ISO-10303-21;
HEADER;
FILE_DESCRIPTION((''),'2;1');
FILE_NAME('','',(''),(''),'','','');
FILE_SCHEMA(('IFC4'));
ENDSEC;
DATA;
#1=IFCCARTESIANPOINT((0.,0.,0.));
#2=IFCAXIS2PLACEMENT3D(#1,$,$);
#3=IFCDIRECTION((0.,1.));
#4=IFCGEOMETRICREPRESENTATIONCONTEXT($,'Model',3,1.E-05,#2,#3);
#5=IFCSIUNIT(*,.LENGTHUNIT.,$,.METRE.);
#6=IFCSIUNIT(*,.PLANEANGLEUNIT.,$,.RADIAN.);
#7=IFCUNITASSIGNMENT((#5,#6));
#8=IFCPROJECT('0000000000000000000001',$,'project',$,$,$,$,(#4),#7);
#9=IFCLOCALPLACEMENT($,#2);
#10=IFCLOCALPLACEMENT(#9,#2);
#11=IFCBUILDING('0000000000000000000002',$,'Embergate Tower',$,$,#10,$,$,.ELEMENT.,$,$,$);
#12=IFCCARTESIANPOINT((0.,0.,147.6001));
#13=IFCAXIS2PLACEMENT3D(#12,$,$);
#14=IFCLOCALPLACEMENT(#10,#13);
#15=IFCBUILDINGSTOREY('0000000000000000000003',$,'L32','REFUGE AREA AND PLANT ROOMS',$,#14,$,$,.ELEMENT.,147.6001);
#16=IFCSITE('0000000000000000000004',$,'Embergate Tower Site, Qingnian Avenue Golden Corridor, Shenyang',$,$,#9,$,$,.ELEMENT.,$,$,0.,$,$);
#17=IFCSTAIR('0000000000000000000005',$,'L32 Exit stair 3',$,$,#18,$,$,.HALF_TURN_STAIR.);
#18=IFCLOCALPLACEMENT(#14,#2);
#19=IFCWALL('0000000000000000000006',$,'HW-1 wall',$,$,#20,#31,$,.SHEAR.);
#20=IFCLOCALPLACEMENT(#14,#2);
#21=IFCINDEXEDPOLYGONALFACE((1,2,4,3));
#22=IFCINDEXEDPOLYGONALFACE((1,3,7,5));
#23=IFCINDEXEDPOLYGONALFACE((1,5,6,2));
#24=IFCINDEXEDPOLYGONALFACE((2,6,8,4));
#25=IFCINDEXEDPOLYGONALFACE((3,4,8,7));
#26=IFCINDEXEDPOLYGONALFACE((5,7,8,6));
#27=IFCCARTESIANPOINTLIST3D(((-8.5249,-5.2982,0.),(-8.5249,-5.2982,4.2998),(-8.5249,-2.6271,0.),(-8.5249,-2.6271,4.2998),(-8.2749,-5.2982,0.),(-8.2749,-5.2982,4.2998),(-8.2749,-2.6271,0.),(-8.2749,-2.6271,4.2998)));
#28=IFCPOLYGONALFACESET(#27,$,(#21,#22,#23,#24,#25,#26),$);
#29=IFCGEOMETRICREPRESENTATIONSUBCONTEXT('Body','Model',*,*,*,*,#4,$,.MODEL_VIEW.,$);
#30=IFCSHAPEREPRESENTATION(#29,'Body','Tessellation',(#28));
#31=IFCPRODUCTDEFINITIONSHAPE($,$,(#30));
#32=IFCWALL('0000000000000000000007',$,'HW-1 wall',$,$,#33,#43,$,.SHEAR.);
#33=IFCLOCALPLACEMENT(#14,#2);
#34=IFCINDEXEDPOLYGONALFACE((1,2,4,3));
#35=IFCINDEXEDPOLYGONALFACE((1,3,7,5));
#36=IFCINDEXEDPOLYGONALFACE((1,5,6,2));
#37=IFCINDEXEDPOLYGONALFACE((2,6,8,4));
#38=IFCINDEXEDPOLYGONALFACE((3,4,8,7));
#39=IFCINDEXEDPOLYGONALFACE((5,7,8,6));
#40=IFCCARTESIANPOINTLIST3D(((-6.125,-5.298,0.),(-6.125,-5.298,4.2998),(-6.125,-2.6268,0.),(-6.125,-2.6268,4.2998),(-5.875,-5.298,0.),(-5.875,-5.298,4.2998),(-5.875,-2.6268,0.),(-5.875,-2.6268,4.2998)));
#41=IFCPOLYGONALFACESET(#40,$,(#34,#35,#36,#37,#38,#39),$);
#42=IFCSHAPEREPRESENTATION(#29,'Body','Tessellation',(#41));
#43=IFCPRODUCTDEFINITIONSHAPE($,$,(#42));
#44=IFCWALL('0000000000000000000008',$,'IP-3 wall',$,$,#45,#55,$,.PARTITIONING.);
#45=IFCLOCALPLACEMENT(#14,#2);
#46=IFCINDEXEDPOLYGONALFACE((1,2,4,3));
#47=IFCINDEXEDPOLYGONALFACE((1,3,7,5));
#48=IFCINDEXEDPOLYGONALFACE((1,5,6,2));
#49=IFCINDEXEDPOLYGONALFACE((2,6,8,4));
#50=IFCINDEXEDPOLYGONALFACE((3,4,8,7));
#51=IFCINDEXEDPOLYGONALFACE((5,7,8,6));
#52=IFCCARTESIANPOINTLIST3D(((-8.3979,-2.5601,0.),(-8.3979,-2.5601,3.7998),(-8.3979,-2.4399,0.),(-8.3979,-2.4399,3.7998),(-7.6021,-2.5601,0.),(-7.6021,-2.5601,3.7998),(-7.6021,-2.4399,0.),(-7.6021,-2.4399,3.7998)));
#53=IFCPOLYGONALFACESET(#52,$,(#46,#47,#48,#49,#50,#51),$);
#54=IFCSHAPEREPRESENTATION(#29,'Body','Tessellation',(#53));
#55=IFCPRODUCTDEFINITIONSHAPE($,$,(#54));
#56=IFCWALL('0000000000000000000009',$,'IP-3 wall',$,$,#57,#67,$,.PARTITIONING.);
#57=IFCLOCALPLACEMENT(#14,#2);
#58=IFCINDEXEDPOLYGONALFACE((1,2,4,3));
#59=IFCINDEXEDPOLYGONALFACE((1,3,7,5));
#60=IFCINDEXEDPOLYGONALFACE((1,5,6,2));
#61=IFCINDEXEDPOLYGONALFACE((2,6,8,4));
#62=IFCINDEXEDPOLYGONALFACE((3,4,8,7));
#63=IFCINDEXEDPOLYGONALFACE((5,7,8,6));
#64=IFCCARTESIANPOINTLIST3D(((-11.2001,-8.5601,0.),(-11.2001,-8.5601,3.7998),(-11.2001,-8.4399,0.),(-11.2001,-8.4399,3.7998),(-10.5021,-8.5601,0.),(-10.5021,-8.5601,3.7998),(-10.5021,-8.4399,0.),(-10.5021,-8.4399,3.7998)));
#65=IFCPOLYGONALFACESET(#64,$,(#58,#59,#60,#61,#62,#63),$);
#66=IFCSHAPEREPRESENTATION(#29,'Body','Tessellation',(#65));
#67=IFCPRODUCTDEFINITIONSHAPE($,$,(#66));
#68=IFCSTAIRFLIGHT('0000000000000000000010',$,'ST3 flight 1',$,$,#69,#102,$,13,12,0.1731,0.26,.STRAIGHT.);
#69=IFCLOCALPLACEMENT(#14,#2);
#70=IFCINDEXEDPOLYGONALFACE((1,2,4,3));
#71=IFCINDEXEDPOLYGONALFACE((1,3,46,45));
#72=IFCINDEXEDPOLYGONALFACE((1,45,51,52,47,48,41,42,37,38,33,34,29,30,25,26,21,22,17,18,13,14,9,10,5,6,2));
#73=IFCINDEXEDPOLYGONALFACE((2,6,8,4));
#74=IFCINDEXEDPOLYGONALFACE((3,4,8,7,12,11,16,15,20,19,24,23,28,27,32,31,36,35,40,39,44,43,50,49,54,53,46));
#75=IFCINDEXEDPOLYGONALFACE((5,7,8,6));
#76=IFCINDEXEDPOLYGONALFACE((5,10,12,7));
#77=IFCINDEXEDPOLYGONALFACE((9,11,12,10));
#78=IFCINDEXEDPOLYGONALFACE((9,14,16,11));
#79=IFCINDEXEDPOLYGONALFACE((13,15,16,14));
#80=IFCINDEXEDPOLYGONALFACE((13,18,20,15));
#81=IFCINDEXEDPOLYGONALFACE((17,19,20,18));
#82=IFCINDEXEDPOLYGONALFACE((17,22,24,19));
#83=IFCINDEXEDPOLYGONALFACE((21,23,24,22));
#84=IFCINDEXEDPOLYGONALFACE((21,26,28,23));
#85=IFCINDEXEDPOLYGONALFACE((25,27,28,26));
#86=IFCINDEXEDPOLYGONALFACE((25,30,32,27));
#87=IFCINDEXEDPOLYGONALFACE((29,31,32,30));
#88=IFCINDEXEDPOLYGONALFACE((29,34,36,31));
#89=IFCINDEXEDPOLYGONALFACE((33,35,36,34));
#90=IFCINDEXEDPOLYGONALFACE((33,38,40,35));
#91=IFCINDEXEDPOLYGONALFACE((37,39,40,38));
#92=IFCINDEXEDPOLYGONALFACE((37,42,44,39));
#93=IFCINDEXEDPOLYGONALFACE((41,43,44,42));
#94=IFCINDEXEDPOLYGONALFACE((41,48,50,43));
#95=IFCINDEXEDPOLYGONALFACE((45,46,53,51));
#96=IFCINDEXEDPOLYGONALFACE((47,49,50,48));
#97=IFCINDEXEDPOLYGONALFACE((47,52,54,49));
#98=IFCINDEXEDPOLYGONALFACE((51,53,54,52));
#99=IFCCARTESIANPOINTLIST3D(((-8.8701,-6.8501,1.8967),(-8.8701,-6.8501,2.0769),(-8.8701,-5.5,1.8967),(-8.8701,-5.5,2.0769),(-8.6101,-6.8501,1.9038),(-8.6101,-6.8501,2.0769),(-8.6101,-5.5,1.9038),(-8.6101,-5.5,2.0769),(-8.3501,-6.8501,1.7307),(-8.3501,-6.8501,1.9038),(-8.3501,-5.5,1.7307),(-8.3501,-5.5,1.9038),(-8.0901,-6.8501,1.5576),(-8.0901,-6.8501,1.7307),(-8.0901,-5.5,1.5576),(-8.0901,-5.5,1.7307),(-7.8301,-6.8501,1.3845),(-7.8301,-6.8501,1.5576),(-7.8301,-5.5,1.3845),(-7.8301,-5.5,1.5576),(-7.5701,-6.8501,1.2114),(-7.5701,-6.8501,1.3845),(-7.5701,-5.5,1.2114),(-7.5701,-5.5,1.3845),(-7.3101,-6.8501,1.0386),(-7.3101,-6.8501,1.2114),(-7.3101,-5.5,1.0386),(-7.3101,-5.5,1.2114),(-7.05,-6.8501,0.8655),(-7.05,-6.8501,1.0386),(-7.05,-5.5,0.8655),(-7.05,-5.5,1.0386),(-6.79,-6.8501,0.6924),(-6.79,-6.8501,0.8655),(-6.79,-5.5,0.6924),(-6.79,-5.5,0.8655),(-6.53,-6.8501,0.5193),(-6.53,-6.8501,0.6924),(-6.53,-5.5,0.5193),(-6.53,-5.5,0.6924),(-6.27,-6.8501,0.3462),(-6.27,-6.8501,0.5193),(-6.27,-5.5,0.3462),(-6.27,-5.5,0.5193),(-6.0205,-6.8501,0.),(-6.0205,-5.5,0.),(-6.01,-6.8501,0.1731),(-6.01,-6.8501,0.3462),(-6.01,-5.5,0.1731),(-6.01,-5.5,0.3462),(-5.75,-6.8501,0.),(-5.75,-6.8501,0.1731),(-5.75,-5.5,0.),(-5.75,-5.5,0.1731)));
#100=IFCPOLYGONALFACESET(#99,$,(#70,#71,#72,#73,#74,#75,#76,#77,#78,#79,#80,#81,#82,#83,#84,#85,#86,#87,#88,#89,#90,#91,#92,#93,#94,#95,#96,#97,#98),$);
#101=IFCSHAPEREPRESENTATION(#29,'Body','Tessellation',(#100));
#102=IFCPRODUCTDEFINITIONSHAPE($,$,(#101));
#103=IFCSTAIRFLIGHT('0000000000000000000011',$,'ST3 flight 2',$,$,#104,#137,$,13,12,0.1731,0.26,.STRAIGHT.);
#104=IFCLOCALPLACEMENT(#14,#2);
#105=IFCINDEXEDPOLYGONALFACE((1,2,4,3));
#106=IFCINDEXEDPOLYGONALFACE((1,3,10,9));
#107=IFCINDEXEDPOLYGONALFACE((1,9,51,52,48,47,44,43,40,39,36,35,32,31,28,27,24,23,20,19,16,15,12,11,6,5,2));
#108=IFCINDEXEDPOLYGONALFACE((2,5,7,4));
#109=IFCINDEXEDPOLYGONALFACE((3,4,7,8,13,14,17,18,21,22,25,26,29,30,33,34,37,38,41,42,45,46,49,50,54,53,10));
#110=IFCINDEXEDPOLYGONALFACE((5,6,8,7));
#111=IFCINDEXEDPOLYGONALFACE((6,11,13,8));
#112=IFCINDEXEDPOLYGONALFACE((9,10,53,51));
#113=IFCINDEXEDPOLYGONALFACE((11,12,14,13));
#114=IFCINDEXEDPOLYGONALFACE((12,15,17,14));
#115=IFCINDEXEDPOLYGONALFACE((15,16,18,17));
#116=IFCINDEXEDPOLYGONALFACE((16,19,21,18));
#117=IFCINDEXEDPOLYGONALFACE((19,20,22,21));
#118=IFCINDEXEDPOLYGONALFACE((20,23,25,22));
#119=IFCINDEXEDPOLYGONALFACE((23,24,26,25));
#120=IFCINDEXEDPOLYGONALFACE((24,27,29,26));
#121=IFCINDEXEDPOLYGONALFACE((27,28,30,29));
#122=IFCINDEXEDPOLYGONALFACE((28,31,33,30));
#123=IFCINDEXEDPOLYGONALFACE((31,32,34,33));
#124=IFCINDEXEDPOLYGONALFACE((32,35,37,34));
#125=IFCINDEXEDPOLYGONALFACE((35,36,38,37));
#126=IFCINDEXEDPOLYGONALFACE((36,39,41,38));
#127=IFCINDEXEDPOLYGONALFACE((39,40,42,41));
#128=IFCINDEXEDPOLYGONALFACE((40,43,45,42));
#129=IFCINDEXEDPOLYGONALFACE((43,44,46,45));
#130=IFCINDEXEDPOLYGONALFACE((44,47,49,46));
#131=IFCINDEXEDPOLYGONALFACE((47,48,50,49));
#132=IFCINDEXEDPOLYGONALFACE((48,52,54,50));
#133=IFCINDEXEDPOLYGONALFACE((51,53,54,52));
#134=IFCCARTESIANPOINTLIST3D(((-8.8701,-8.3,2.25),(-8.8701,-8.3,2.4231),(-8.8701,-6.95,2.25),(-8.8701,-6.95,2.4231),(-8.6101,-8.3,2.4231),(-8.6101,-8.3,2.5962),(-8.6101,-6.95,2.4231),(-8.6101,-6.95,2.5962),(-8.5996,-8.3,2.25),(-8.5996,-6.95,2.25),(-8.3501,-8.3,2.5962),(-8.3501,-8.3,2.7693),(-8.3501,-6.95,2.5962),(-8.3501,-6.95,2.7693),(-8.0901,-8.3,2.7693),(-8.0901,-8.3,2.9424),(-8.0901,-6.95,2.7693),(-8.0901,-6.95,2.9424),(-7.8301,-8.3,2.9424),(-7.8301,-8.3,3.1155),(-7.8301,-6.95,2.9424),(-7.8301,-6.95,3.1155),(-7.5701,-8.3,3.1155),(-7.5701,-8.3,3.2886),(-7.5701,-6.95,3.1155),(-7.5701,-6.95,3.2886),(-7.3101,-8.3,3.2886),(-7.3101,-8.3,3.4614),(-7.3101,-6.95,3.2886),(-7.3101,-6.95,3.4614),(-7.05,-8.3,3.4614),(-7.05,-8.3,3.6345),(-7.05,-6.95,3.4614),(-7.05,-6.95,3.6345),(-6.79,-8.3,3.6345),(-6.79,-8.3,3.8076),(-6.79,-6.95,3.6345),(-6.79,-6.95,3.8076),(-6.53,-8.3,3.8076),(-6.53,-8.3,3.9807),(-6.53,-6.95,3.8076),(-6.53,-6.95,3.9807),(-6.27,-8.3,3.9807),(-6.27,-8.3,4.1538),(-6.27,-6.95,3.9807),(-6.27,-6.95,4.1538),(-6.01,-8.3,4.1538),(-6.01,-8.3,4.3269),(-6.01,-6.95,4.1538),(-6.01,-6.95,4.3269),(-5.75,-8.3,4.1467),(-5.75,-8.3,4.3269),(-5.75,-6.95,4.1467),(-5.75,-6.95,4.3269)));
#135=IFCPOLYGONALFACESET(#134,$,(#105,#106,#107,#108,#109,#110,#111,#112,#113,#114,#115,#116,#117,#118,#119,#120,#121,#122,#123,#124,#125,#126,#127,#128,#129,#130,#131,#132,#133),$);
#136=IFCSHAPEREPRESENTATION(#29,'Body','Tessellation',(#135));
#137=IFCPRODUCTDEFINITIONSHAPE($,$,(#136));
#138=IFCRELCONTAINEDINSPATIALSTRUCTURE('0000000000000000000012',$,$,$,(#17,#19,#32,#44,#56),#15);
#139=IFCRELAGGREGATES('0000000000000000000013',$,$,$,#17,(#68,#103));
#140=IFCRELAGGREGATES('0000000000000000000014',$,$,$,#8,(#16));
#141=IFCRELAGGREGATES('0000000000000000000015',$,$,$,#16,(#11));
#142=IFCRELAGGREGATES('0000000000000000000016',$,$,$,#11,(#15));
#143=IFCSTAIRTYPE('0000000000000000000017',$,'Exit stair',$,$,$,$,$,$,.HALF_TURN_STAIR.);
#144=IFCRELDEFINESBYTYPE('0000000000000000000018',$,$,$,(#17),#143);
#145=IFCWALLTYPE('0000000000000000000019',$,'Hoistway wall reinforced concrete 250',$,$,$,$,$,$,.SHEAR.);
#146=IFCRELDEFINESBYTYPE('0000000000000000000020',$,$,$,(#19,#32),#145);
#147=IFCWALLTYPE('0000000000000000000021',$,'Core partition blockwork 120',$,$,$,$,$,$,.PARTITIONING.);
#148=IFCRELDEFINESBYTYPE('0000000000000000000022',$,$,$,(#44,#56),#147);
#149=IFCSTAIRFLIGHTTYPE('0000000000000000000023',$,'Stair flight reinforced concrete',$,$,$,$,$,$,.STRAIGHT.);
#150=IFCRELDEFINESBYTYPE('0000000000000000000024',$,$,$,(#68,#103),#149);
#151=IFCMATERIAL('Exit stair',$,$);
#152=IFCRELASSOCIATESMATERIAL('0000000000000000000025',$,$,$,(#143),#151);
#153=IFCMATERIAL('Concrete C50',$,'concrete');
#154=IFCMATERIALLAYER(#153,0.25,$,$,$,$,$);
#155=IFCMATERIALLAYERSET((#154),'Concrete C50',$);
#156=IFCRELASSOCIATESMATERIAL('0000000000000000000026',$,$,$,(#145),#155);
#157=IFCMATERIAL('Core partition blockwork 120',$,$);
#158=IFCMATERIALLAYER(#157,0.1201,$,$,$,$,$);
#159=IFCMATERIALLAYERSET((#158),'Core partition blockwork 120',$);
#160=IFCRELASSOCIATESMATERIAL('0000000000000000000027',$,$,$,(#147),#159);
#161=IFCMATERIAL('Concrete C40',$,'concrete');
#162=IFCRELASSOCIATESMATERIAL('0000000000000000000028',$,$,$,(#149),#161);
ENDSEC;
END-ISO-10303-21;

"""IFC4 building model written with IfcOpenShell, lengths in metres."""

from ifc_helpers import new_model, si_unit, direction, frame, frame_2d, origin, place, context, subcontext, project, spatial, polyline, rectangle, outline, extrude, source, transform, mapped, material, layer, layer_set, type_object, element, aggregate, save


model = new_model("IFC4")

# Units and contexts
model_context = context("Model", 3, precision=1e-05, world=origin(), true_north=direction((0.0, 1.0)))
body_context = subcontext(model_context, "Body", "Model", "MODEL_VIEW")
ifc_project = project(units=[si_unit("LENGTHUNIT", "METRE"), si_unit("PLANEANGLEUNIT", "RADIAN")], contexts=[model_context])

# Site, building, storey
site_placement = place(None, origin())
site = spatial("IfcSite", under=ifc_project, at=site_placement, Name="Embergate Tower Site, Qingnian Avenue Golden Corridor, Shenyang", CompositionType="ELEMENT", RefElevation=0.0)
building_placement = place(site_placement, origin())
building = spatial("IfcBuilding", under=site, at=building_placement, Name="Embergate Tower", CompositionType="ELEMENT")
storey_placement = place(building_placement, frame((0.0, 0.0, 147.6001)))
storey = spatial("IfcBuildingStorey", under=building, at=storey_placement, Name="L32", Description="REFUGE AREA AND PLANT ROOMS", CompositionType="ELEMENT", Elevation=147.6001)

# Stair
ifc_material_1 = material(Name="Exit stair")
stair_type = type_object("IfcStairType", Name="Exit stair", PredefinedType="HALF_TURN_STAIR", material=ifc_material_1)
stair_placement = place(storey_placement, origin())
stair = element("IfcStair", 1, at=stair_placement, inside=storey, type_object=stair_type, Name="L32 Exit stair 3", PredefinedType="HALF_TURN_STAIR")
ifc_material_2 = material(Name="Concrete C40", Category="concrete")

# Shared definitions
ifc_material_3 = material(Name="Concrete C50", Category="concrete")
ifc_layer_1 = layer(ifc_material_3, 0.25)
ifc_layer_set_1 = layer_set([ifc_layer_1], Name="Concrete C50")
wall_type_1 = type_object("IfcWallType", Name="Hoistway wall reinforced concrete 250", PredefinedType="SHEAR", material=ifc_layer_set_1)

# Shared definitions
ifc_material_4 = material(Name="Core partition blockwork 120")
ifc_layer_2 = layer(ifc_material_4, 0.1201)
ifc_layer_set_2 = layer_set([ifc_layer_2], Name="Core partition blockwork 120")
wall_type_2 = type_object("IfcWallType", Name="Core partition blockwork 120", PredefinedType="PARTITIONING", material=ifc_layer_set_2)

# Walls
shared_shape_1 = source(origin(), body_context, "Body", "SweptSolid", [
    extrude(rectangle(XDim=2.6711, YDim=0.25, at=frame_2d((1.3354, 0.0))), origin(), (0.0, 0.0, 1.0), 4.2998),
])
for number, where, z_axis, x_axis, name in (
    (2, (-8.3999, -5.2981, 0.0), (0.0, 0.0, 1.0), (0.0, 1.0, 0.0), "HW-1 wall"),
    (3, (-6.0, -2.627, 0.0), (0.0, 0.0, 1.0), (0.0, -1.0, 0.0), "HW-1 wall"),
):
    element("IfcWall", number, at=place(storey_placement, frame(where, z_axis=z_axis, x_axis=x_axis)), inside=storey, type_object=wall_type_1, Name=name, PredefinedType="SHEAR", context=body_context, shape_type="MappedRepresentation", body=[
        mapped(shared_shape_1, transform((0.0, 0.0, 0.0))),
    ])
shared_shape_2 = source(origin(), body_context, "Body", "SweptSolid", [
    extrude(rectangle(XDim=0.7959, YDim=0.1201, at=frame_2d((0.3979, 0.0))), origin(), (0.0, 0.0, 1.0), 3.7998),
])
wall_1_placement = place(storey_placement, frame((-8.3979, -2.5, 0.0), z_axis=(0.0, 0.0, 1.0), x_axis=(1.0, 0.0, 0.0)))
element("IfcWall", 4, at=wall_1_placement, inside=storey, type_object=wall_type_2, Name="IP-3 wall", PredefinedType="PARTITIONING", context=body_context, shape_type="MappedRepresentation", body=[
    mapped(shared_shape_2, transform((0.0, 0.0, 0.0))),
])
shared_shape_3 = source(origin(), body_context, "Body", "SweptSolid", [
    extrude(rectangle(XDim=0.698, YDim=0.1201, at=frame_2d((0.3491, 0.0))), origin(), (0.0, 0.0, 1.0), 3.7998),
])
wall_2_placement = place(storey_placement, frame((-10.502, -8.5, 0.0), z_axis=(0.0, 0.0, 1.0), x_axis=(-1.0, 0.0, 0.0)))
element("IfcWall", 5, at=wall_2_placement, inside=storey, type_object=wall_type_2, Name="IP-3 wall", PredefinedType="PARTITIONING", context=body_context, shape_type="MappedRepresentation", body=[
    mapped(shared_shape_3, transform((0.0, 0.0, 0.0))),
])

# Stair flights
stair_flight_type = type_object("IfcStairFlightType", Name="Stair flight reinforced concrete", PredefinedType="STRAIGHT", material=ifc_material_2)
shared_shape_4 = source(origin(), body_context, "Body", "SweptSolid", [
    extrude(outline(polyline([(0.0, 0.0), (0.0, 0.1731), (0.26, 0.1731), (0.26, 0.3462), (0.52, 0.3462), (0.52, 0.5193), (0.78, 0.5193), (0.78, 0.6924), (1.04, 0.6924), (1.04, 0.8655), (1.3, 0.8655), (1.3, 1.0386), (1.5601, 1.0386), (1.5601, 1.2114), (1.8201, 1.2114), (1.8201, 1.3845), (2.0801, 1.3845), (2.0801, 1.5576), (2.3401, 1.5576), (2.3401, 1.7307), (2.6001, 1.7307), (2.6001, 1.9038), (2.8601, 1.9038), (2.8601, 2.0769), (3.1201, 2.0769), (3.1201, 2.25), (3.1201, 1.8967), (0.2705, 0.0), (0.0, 0.0)])), frame((0.0, 0.675, 0.0), z_axis=(0.0, -1.0, 0.0), x_axis=(1.0, 0.0, 0.0)), (0.0, 0.0, 1.0), 1.3501),
])
stair_flight_1_placement = place(storey_placement, frame((-5.75, -6.175, 0.0), z_axis=(0.0, 0.0, 1.0), x_axis=(-1.0, 0.0, 0.0)))
stair_flight_1 = element("IfcStairFlight", 6, at=stair_flight_1_placement, type_object=stair_flight_type, Name="ST3 flight 1", NumberOfRisers=13, NumberOfTreads=12, PredefinedType="STRAIGHT", RiserHeight=0.1731, TreadLength=0.26, context=body_context, shape_type="MappedRepresentation", body=[
    mapped(shared_shape_4, transform((0.0, 0.0, 0.0))),
])
stair_flight_2_placement = place(storey_placement, frame((-8.8701, -7.625, 2.25), z_axis=(0.0, 0.0, 1.0), x_axis=(1.0, 0.0, 0.0)))
stair_flight_2 = element("IfcStairFlight", 7, at=stair_flight_2_placement, type_object=stair_flight_type, Name="ST3 flight 2", NumberOfRisers=13, NumberOfTreads=12, PredefinedType="STRAIGHT", RiserHeight=0.1731, TreadLength=0.26, context=body_context, shape_type="MappedRepresentation", body=[
    mapped(shared_shape_4, transform((0.0, 0.0, 0.0))),
])
aggregate(stair, [stair_flight_1, stair_flight_2])

save(model, "model.ifc")
